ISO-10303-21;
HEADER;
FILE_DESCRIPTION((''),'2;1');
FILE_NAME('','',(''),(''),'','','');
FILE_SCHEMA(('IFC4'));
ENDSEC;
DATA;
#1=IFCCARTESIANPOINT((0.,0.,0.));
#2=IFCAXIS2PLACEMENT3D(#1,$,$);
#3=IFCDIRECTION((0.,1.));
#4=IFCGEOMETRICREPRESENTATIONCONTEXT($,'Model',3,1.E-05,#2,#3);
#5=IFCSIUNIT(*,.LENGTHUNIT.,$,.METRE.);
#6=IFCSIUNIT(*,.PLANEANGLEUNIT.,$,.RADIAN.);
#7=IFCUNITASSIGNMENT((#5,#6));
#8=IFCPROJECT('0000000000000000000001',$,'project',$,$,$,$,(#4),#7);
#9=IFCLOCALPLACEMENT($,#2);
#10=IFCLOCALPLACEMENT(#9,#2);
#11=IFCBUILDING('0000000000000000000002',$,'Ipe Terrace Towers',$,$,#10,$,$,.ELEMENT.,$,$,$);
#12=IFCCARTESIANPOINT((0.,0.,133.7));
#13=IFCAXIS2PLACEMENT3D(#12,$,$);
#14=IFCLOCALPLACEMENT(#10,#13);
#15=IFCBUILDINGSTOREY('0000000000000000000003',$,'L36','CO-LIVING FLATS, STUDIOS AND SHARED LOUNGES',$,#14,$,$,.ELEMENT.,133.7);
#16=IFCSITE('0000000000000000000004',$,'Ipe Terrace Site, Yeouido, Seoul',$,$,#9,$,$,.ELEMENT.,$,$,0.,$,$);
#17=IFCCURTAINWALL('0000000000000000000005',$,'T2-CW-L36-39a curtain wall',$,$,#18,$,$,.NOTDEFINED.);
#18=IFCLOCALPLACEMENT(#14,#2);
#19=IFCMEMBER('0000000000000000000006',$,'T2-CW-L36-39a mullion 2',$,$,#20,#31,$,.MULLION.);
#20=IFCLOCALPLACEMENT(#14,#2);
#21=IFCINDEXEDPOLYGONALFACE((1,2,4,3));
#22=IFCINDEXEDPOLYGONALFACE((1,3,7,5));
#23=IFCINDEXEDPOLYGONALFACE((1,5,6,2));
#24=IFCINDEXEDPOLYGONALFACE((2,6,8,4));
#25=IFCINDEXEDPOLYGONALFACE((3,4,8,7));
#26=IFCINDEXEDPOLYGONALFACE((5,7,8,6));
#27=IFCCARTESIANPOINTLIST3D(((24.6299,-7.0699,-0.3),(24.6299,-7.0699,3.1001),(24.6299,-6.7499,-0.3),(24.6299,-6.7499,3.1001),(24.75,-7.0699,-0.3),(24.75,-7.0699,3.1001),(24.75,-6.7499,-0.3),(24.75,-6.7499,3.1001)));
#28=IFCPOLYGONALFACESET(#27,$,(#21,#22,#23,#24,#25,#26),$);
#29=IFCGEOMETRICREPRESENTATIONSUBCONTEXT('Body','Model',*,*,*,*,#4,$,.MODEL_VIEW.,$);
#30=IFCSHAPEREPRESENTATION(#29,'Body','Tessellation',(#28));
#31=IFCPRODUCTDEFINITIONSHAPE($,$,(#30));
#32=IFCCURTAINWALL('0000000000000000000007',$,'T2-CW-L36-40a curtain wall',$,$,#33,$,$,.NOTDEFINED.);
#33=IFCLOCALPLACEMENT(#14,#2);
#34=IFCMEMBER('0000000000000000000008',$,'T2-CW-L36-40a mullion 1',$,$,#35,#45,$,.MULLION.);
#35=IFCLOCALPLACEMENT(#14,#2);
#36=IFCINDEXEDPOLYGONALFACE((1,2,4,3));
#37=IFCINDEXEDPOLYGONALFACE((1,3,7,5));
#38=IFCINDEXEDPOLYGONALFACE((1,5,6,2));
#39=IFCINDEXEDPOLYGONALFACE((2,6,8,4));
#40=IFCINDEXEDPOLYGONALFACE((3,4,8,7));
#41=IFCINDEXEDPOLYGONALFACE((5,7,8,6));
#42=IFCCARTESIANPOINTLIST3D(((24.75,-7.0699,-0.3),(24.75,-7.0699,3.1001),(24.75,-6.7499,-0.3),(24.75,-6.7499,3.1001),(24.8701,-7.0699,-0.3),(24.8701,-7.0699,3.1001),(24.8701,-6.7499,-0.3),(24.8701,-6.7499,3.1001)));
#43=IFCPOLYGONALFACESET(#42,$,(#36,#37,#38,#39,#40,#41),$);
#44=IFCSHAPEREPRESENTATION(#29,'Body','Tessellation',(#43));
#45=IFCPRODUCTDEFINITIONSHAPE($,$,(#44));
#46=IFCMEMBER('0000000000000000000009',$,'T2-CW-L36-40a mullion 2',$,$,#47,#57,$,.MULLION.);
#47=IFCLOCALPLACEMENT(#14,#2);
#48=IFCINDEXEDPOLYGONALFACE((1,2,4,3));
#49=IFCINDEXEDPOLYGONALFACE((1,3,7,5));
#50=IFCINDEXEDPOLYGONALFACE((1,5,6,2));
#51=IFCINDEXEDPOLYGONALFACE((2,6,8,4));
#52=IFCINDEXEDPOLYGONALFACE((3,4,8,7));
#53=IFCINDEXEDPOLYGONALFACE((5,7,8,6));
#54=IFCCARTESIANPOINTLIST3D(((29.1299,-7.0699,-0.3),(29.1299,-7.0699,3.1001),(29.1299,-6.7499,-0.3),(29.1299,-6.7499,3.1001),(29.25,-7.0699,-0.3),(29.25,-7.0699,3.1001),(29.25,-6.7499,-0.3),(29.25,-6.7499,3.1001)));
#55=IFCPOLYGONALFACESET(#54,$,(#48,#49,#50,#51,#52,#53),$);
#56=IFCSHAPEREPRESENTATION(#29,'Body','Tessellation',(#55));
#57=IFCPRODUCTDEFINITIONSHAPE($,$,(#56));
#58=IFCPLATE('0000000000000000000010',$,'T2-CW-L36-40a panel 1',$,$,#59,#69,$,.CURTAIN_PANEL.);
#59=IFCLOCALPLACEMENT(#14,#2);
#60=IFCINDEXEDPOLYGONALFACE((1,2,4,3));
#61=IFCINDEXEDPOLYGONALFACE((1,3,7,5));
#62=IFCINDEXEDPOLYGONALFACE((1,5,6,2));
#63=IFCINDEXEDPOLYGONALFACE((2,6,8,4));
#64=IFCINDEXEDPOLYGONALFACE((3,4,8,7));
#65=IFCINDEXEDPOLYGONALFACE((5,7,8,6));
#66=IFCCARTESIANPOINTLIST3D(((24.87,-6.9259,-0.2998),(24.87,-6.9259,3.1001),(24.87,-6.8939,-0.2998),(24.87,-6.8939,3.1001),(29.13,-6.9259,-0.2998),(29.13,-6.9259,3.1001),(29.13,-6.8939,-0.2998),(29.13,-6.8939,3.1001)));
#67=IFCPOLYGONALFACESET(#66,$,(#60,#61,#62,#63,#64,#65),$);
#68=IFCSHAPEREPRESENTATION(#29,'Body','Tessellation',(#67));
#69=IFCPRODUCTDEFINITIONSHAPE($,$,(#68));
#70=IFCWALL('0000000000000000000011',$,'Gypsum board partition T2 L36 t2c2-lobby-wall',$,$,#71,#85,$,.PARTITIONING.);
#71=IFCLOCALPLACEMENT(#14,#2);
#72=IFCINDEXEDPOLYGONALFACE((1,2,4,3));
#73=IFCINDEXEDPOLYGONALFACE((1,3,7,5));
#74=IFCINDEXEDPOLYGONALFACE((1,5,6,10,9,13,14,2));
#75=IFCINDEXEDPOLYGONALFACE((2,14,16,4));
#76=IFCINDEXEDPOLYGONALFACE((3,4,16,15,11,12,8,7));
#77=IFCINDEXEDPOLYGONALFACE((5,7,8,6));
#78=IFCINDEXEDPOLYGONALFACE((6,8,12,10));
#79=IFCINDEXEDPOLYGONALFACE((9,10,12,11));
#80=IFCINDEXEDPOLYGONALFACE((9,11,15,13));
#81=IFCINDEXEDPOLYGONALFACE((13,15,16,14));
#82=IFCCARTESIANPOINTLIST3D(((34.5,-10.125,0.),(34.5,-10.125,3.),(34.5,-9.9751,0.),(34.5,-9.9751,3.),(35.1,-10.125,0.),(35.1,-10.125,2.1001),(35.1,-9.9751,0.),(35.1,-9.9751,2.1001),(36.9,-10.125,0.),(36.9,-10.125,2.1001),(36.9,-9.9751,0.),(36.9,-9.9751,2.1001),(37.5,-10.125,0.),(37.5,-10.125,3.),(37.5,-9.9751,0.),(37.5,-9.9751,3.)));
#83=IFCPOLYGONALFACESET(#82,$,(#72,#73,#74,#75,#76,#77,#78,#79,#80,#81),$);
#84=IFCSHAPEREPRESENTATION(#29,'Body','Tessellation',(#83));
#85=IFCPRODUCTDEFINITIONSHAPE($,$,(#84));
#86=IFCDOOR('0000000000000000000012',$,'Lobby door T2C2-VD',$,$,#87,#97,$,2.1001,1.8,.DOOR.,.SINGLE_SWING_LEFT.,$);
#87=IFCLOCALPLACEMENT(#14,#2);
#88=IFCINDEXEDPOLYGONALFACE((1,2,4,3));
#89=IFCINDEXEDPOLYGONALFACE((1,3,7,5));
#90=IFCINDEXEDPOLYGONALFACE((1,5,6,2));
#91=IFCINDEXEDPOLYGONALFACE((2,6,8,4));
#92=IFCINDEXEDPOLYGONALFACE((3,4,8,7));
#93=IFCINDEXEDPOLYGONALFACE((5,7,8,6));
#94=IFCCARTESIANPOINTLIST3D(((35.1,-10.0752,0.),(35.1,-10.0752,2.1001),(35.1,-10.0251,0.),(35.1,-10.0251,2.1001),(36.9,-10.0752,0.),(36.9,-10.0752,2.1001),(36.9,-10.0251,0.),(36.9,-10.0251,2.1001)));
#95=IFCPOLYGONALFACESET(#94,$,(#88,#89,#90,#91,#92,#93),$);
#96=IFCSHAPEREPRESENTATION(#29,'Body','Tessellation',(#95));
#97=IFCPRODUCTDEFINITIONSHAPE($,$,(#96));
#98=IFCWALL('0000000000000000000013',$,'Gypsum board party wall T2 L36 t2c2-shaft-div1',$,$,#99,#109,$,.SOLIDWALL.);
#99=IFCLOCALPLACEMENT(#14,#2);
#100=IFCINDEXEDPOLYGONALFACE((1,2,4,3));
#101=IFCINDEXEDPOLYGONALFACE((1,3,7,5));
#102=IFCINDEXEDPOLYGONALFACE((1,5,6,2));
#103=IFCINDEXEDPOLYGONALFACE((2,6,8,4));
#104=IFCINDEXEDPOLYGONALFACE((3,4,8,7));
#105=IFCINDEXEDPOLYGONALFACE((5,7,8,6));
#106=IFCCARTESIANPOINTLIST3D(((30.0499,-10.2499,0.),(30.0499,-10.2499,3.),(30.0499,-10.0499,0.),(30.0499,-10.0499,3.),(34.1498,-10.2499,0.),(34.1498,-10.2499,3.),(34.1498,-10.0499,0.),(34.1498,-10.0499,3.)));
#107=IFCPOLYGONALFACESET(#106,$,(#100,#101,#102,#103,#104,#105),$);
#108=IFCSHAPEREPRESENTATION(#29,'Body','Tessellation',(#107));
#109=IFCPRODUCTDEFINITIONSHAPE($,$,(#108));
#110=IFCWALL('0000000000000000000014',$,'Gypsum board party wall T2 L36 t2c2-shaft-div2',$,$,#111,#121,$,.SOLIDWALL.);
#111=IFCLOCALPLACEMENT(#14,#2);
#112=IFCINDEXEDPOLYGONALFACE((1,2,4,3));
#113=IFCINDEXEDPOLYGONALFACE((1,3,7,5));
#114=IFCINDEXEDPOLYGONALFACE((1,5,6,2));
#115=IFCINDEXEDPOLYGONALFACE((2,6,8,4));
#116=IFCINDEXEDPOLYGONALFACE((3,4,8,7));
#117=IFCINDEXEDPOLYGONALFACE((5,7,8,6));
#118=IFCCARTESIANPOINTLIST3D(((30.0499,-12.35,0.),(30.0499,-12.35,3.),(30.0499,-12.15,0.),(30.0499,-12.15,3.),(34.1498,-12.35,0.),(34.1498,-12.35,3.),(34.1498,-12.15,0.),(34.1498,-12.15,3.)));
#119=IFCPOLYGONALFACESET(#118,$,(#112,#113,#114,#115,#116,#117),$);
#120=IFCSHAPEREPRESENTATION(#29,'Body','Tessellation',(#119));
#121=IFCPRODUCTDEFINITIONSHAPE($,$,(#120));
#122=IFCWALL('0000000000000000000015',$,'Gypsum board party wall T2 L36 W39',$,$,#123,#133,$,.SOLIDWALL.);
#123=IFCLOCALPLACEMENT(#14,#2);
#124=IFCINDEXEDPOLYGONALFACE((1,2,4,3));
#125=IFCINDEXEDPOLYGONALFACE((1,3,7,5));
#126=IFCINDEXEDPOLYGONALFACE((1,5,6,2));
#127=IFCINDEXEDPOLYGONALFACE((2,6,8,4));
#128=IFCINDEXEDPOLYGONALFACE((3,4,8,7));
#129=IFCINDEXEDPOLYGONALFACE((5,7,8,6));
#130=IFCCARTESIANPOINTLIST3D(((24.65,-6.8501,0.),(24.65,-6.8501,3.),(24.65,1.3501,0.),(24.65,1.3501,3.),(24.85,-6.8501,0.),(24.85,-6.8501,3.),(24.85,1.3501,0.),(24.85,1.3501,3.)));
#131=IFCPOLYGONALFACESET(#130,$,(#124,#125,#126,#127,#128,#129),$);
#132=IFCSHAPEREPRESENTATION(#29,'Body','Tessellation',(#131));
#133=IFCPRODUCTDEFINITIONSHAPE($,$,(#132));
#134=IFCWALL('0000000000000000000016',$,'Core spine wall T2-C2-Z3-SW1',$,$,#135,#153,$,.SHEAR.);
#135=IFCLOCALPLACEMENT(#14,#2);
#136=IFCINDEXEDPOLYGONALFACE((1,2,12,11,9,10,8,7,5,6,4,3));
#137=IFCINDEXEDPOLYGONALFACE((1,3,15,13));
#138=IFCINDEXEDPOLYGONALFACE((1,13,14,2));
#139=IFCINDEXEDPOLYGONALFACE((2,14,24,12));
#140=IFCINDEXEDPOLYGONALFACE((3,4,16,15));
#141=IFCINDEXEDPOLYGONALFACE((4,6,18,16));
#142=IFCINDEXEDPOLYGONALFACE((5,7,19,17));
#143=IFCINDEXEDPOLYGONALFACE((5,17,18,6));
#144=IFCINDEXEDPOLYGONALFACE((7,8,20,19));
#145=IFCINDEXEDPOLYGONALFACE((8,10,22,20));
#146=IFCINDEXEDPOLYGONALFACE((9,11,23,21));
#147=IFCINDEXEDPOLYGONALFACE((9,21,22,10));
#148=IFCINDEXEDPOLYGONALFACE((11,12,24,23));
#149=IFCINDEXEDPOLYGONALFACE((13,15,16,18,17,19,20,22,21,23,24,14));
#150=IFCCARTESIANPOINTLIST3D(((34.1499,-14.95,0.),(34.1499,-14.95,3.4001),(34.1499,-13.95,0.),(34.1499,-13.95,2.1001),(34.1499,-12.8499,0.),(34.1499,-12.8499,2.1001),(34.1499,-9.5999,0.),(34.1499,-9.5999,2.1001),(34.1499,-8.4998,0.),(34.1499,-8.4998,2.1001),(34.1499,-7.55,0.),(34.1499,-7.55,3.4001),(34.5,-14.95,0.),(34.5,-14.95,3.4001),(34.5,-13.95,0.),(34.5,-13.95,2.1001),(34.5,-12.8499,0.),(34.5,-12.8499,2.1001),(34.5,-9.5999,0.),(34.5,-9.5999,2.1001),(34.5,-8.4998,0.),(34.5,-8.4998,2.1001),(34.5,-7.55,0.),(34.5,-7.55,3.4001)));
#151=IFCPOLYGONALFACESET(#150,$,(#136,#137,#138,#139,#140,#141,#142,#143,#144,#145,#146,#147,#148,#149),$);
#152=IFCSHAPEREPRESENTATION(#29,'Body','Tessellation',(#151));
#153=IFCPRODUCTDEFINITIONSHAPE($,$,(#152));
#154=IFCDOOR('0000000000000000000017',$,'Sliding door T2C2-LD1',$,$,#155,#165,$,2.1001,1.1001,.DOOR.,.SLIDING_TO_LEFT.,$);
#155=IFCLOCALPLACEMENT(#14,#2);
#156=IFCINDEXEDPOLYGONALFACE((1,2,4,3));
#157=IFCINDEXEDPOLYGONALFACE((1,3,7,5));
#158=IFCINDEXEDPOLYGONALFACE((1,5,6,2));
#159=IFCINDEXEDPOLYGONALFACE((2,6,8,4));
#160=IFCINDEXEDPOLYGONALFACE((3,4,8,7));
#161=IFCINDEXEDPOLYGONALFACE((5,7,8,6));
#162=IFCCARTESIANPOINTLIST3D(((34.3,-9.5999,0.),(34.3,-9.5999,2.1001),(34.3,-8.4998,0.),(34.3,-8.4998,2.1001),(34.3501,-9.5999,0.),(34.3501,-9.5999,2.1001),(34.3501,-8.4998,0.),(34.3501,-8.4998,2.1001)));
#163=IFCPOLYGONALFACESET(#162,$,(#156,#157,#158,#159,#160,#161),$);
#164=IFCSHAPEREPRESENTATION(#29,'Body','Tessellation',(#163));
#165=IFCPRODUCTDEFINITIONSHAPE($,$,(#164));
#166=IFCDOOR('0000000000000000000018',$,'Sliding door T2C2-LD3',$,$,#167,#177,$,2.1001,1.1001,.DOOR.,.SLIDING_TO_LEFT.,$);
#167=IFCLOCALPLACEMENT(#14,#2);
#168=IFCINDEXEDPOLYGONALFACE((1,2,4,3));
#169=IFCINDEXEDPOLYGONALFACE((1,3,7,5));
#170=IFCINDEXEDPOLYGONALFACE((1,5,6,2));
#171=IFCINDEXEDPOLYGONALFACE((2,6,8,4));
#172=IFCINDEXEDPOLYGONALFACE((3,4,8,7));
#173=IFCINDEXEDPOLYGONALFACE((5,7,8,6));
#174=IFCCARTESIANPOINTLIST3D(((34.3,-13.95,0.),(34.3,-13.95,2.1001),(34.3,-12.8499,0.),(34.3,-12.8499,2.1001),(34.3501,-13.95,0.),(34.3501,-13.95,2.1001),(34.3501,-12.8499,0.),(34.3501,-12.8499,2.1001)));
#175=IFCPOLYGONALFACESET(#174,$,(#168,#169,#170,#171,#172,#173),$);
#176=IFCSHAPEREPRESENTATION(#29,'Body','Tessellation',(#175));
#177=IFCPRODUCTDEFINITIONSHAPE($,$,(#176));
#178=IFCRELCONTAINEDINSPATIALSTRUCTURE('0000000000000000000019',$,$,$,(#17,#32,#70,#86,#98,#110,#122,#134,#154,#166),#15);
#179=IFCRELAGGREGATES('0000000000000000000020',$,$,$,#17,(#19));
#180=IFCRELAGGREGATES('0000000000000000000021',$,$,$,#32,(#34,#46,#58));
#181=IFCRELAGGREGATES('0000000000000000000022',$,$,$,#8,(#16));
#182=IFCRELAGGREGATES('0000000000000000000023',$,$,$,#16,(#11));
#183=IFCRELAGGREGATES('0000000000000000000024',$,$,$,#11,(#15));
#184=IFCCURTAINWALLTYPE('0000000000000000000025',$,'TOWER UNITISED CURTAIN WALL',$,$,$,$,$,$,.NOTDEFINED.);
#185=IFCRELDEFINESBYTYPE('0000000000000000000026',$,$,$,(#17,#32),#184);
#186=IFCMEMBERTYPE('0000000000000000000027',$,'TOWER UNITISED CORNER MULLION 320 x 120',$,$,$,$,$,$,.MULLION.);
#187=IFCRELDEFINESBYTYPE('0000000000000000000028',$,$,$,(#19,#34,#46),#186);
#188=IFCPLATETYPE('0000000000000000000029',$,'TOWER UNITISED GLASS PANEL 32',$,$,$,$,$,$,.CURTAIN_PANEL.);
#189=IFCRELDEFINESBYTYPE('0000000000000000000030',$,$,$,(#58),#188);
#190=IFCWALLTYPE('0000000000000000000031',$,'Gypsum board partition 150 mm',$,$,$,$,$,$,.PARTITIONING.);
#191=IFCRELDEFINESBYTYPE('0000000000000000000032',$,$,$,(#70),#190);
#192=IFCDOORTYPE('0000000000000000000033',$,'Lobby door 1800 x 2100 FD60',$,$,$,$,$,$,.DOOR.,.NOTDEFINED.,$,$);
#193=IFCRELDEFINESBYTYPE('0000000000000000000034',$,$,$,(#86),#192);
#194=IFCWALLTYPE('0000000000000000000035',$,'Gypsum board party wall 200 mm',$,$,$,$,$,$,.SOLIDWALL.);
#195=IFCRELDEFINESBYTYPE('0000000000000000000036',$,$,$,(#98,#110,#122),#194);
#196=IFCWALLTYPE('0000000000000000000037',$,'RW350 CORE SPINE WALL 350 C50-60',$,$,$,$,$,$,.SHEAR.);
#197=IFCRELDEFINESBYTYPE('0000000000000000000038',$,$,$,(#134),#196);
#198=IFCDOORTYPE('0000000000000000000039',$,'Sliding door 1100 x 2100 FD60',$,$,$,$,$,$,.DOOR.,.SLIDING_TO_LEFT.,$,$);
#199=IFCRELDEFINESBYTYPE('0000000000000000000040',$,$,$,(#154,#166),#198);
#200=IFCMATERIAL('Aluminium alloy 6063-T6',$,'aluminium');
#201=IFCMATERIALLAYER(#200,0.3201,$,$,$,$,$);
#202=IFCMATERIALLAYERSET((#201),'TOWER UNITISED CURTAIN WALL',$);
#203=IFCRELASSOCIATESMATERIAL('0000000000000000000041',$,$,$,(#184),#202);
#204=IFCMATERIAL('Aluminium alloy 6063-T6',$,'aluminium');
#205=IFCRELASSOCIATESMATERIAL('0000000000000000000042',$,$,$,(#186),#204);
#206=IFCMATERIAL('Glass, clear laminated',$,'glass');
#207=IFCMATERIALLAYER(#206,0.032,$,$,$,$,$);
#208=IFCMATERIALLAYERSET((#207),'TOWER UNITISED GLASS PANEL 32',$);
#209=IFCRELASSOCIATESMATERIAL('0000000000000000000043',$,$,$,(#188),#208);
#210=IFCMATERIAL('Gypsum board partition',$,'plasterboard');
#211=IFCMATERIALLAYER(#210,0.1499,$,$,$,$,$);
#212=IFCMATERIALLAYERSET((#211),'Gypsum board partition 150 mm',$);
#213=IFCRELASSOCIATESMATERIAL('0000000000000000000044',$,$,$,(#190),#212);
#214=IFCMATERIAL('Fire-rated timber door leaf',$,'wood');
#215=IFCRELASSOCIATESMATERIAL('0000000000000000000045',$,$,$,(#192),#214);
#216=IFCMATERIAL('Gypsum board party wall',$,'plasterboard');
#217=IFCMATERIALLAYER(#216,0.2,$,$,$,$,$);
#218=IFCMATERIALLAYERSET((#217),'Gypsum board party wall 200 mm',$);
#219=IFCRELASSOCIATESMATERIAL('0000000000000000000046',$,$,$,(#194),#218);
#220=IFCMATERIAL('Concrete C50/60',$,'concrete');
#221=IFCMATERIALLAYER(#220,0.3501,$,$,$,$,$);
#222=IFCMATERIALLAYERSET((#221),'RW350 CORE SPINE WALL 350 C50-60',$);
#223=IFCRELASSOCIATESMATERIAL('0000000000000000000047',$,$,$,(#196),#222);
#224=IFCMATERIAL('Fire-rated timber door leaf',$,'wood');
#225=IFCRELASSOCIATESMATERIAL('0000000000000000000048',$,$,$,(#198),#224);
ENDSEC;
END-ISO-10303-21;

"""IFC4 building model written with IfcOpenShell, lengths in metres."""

from ifc_helpers import new_model, si_unit, direction, frame, frame_2d, origin, origin_2d, place, context, subcontext, project, spatial, rectangle, extrude, material, layer, layer_set, material_profile, profile_set, type_object, element, fill, aggregate, save


model = new_model("IFC4")

# Units and contexts
model_context = context("Model", 3, precision=1e-05, world=origin(), true_north=direction((0.0, 1.0)))
body_context = subcontext(model_context, "Body", "Model", "MODEL_VIEW")
ifc_project = project(units=[si_unit("LENGTHUNIT", "METRE"), si_unit("PLANEANGLEUNIT", "RADIAN")], contexts=[model_context])

# Site, building, storey
site_placement = place(None, origin())
site = spatial("IfcSite", under=ifc_project, at=site_placement, Name="Ipe Terrace Site, Yeouido, Seoul", CompositionType="ELEMENT", RefElevation=0.0)
building_placement = place(site_placement, origin())
building = spatial("IfcBuilding", under=site, at=building_placement, Name="Ipe Terrace Towers", CompositionType="ELEMENT")
storey_placement = place(building_placement, frame((0.0, 0.0, 133.7)))
storey = spatial("IfcBuildingStorey", under=building, at=storey_placement, Name="L36", Description="CO-LIVING FLATS, STUDIOS AND SHARED LOUNGES", CompositionType="ELEMENT", Elevation=133.7)

# Curtain wall, member
ifc_material_1 = material(Name="Aluminium alloy 6063-T6", Category="aluminium")
ifc_layer_1 = layer(ifc_material_1, 0.3201)
ifc_layer_set_1 = layer_set([ifc_layer_1], Name="TOWER UNITISED CURTAIN WALL")
curtain_wall_type = type_object("IfcCurtainWallType", Name="TOWER UNITISED CURTAIN WALL", PredefinedType="NOTDEFINED", material=ifc_layer_set_1)
curtain_wall_1_placement = place(storey_placement, origin())
curtain_wall_1 = element("IfcCurtainWall", 1, at=curtain_wall_1_placement, inside=storey, type_object=curtain_wall_type, Name="T2-CW-L36-39a curtain wall", PredefinedType="NOTDEFINED")
ifc_material_2 = material(Name="Aluminium alloy 6063-T6", Category="aluminium")
ifc_material_profile = material_profile(ifc_material_2, rectangle(XDim=0.3201, YDim=0.1201, at=origin_2d()), Name="TOWER UNITISED CORNER MULLION 320 x 120")
ifc_profile_set = profile_set([ifc_material_profile], Name="Aluminium alloy 6063-T6")
member_type = type_object("IfcMemberType", Name="TOWER UNITISED CORNER MULLION 320 x 120", PredefinedType="MULLION", material=ifc_profile_set)
member_1_placement = place(storey_placement, frame((24.6899, -6.9099, -0.3), z_axis=(0.0, 0.0, 1.0), x_axis=(0.0, -1.0, 0.0)))
member_1 = element("IfcMember", 2, at=member_1_placement, type_object=member_type, Name="T2-CW-L36-39a mullion 2", PredefinedType="MULLION", context=body_context, shape_type="SweptSolid", body=[
    extrude(rectangle(XDim=0.3201, YDim=0.1201, at=origin_2d()), origin(), (0.0, 0.0, 1.0), 3.4001),
])
aggregate(curtain_wall_1, [member_1])

# Curtain wall, members, plate
curtain_wall_2_placement = place(storey_placement, origin())
curtain_wall_2 = element("IfcCurtainWall", 3, at=curtain_wall_2_placement, inside=storey, type_object=curtain_wall_type, Name="T2-CW-L36-40a curtain wall", PredefinedType="NOTDEFINED")
member_2_placement = place(storey_placement, frame((24.8101, -6.9099, -0.3), z_axis=(0.0, 0.0, 1.0), x_axis=(0.0, -1.0, 0.0)))
member_2 = element("IfcMember", 4, at=member_2_placement, type_object=member_type, Name="T2-CW-L36-40a mullion 1", PredefinedType="MULLION", context=body_context, shape_type="SweptSolid", body=[
    extrude(rectangle(XDim=0.3201, YDim=0.1201, at=origin_2d()), origin(), (0.0, 0.0, 1.0), 3.4001),
])
member_3_placement = place(storey_placement, frame((29.1899, -6.9099, -0.3), z_axis=(0.0, 0.0, 1.0), x_axis=(0.0, -1.0, 0.0)))
member_3 = element("IfcMember", 5, at=member_3_placement, type_object=member_type, Name="T2-CW-L36-40a mullion 2", PredefinedType="MULLION", context=body_context, shape_type="SweptSolid", body=[
    extrude(rectangle(XDim=0.3201, YDim=0.1201, at=origin_2d()), origin(), (0.0, 0.0, 1.0), 3.4001),
])
ifc_material_3 = material(Name="Glass, clear laminated", Category="glass")
ifc_layer_2 = layer(ifc_material_3, 0.032)
ifc_layer_set_2 = layer_set([ifc_layer_2], Name="TOWER UNITISED GLASS PANEL 32")
plate_type = type_object("IfcPlateType", Name="TOWER UNITISED GLASS PANEL 32", PredefinedType="CURTAIN_PANEL", material=ifc_layer_set_2)
plate_placement = place(storey_placement, frame((27.0, -6.9099, -0.2998), z_axis=(0.0, 0.0, 1.0), x_axis=(1.0, 0.0, 0.0)))
plate = element("IfcPlate", 6, at=plate_placement, type_object=plate_type, Name="T2-CW-L36-40a panel 1", PredefinedType="CURTAIN_PANEL", context=body_context, shape_type="SweptSolid", body=[
    extrude(rectangle(XDim=4.26, YDim=0.032, at=origin_2d()), origin(), (0.0, 0.0, 1.0), 3.3999),
])
aggregate(curtain_wall_2, [member_2, member_3, plate])

# Wall, opening, door
ifc_material_4 = material(Name="Gypsum board partition", Category="plasterboard")
ifc_layer_3 = layer(ifc_material_4, 0.1499)
ifc_layer_set_3 = layer_set([ifc_layer_3], Name="Gypsum board partition 150 mm")
wall_type_1 = type_object("IfcWallType", Name="Gypsum board partition 150 mm", PredefinedType="PARTITIONING", material=ifc_layer_set_3)
wall_1_placement = place(storey_placement, frame((34.5, -10.05, 0.0), z_axis=(0.0, 0.0, 1.0), x_axis=(1.0, 0.0, 0.0)))
wall_1 = element("IfcWall", 7, at=wall_1_placement, inside=storey, type_object=wall_type_1, Name="Gypsum board partition T2 L36 t2c2-lobby-wall", PredefinedType="PARTITIONING", context=body_context, shape_type="SweptSolid", body=[
    extrude(rectangle(XDim=3.0, YDim=0.1499, at=frame_2d((1.5, 0.0))), origin(), (0.0, 0.0, 1.0), 3.0),
])
opening_1_placement = place(wall_1_placement, frame((0.6001, 0.0, 0.0)))
opening_1 = element("IfcOpeningElement", 8, at=opening_1_placement, cuts=wall_1, PredefinedType="OPENING", context=body_context, shape_type="SweptSolid", body=[
    extrude(rectangle(XDim=1.8, YDim=2.1001, at=frame_2d((0.8999, 1.05))), frame((0.0, 0.085, 0.0), z_axis=(0.0, -1.0, 0.0), x_axis=(1.0, 0.0, 0.0)), (0.0, 0.0, 1.0), 0.1699),
])
ifc_material_5 = material(Name="Fire-rated timber door leaf", Category="wood")
door_type_1 = type_object("IfcDoorType", Name="Lobby door 1800 x 2100 FD60", OperationType="NOTDEFINED", PredefinedType="DOOR", material=ifc_material_5)
door_1_placement = place(opening_1_placement, origin())
door_1 = element("IfcDoor", 9, at=door_1_placement, inside=storey, type_object=door_type_1, Name="Lobby door T2C2-VD", OperationType="SINGLE_SWING_LEFT", OverallHeight=2.1001, OverallWidth=1.8, PredefinedType="DOOR", context=body_context, shape_type="SweptSolid", body=[
    extrude(rectangle(XDim=1.8, YDim=2.1001, at=frame_2d((0.8999, 1.05))), frame((0.0, 0.0249, 0.0), z_axis=(0.0, -1.0, 0.0), x_axis=(1.0, 0.0, 0.0)), (0.0, 0.0, 1.0), 0.05),
])
fill(opening_1, door_1)

# Walls
ifc_material_6 = material(Name="Gypsum board party wall", Category="plasterboard")
ifc_layer_4 = layer(ifc_material_6, 0.2)
ifc_layer_set_4 = layer_set([ifc_layer_4], Name="Gypsum board party wall 200 mm")
wall_type_2 = type_object("IfcWallType", Name="Gypsum board party wall 200 mm", PredefinedType="SOLIDWALL", material=ifc_layer_set_4)
for number, where, z_axis, x_axis, name in (
    (10, (30.05, -10.1499, 0.0), (0.0, 0.0, 1.0), (1.0, 0.0, 0.0), "Gypsum board party wall T2 L36 t2c2-shaft-div1"),
    (11, (30.05, -12.25, 0.0), (0.0, 0.0, 1.0), (1.0, 0.0, 0.0), "Gypsum board party wall T2 L36 t2c2-shaft-div2"),
):
    element("IfcWall", number, at=place(storey_placement, frame(where, z_axis=z_axis, x_axis=x_axis)), inside=storey, type_object=wall_type_2, Name=name, PredefinedType="SOLIDWALL", context=body_context, shape_type="SweptSolid", body=[
        extrude(rectangle(XDim=4.0999, YDim=0.2, at=frame_2d((2.0498, 0.0))), origin(), (0.0, 0.0, 1.0), 3.0),
    ])
wall_2_placement = place(storey_placement, frame((24.75, -6.8501, 0.0), z_axis=(0.0, 0.0, 1.0), x_axis=(0.0, 1.0, 0.0)))
element("IfcWall", 12, at=wall_2_placement, inside=storey, type_object=wall_type_2, Name="Gypsum board party wall T2 L36 W39", PredefinedType="SOLIDWALL", context=body_context, shape_type="SweptSolid", body=[
    extrude(rectangle(XDim=8.2002, YDim=0.2, at=frame_2d((4.1001, 0.0))), origin(), (0.0, 0.0, 1.0), 3.0),
])

# Wall, openings, doors
ifc_material_7 = material(Name="Concrete C50/60", Category="concrete")
ifc_layer_5 = layer(ifc_material_7, 0.3501)
ifc_layer_set_5 = layer_set([ifc_layer_5], Name="RW350 CORE SPINE WALL 350 C50-60")
wall_type_3 = type_object("IfcWallType", Name="RW350 CORE SPINE WALL 350 C50-60", PredefinedType="SHEAR", material=ifc_layer_set_5)
wall_3_placement = place(storey_placement, frame((34.325, -14.95, 0.0), z_axis=(0.0, 0.0, 1.0), x_axis=(0.0, 1.0, 0.0)))
wall_3 = element("IfcWall", 13, at=wall_3_placement, inside=storey, type_object=wall_type_3, Name="Core spine wall T2-C2-Z3-SW1", PredefinedType="SHEAR", context=body_context, shape_type="SweptSolid", body=[
    extrude(rectangle(XDim=7.3999, YDim=0.3501, at=frame_2d((3.7, 0.0))), origin(), (0.0, 0.0, 1.0), 3.4001),
])
opening_2_placement = place(wall_3_placement, frame((5.3501, 0.0, 0.0)))
opening_2 = element("IfcOpeningElement", 14, at=opening_2_placement, cuts=wall_3, PredefinedType="OPENING", context=body_context, shape_type="SweptSolid", body=[
    extrude(rectangle(XDim=1.1001, YDim=2.1001, at=frame_2d((0.55, 1.05))), frame((0.0, 0.1851, 0.0), z_axis=(0.0, -1.0, 0.0), x_axis=(1.0, 0.0, 0.0)), (0.0, 0.0, 1.0), 0.3701),
])
opening_3_placement = place(wall_3_placement, frame((1.0, 0.0, 0.0)))
opening_3 = element("IfcOpeningElement", 15, at=opening_3_placement, cuts=wall_3, PredefinedType="OPENING", context=body_context, shape_type="SweptSolid", body=[
    extrude(rectangle(XDim=1.1001, YDim=2.1001, at=frame_2d((0.55, 1.05))), frame((0.0, 0.1851, 0.0), z_axis=(0.0, -1.0, 0.0), x_axis=(1.0, 0.0, 0.0)), (0.0, 0.0, 1.0), 0.3701),
])
ifc_material_8 = material(Name="Fire-rated timber door leaf", Category="wood")
door_type_2 = type_object("IfcDoorType", Name="Sliding door 1100 x 2100 FD60", OperationType="SLIDING_TO_LEFT", PredefinedType="DOOR", material=ifc_material_8)
door_2_placement = place(opening_2_placement, origin())
door_2 = element("IfcDoor", 16, at=door_2_placement, inside=storey, type_object=door_type_2, Name="Sliding door T2C2-LD1", OperationType="SLIDING_TO_LEFT", OverallHeight=2.1001, OverallWidth=1.1001, PredefinedType="DOOR", context=body_context, shape_type="SweptSolid", body=[
    extrude(rectangle(XDim=1.1001, YDim=2.1001, at=frame_2d((0.55, 1.05))), frame((0.0, 0.0249, 0.0), z_axis=(0.0, -1.0, 0.0), x_axis=(1.0, 0.0, 0.0)), (0.0, 0.0, 1.0), 0.05),
])
fill(opening_2, door_2)
door_3_placement = place(opening_3_placement, origin())
door_3 = element("IfcDoor", 17, at=door_3_placement, inside=storey, type_object=door_type_2, Name="Sliding door T2C2-LD3", OperationType="SLIDING_TO_LEFT", OverallHeight=2.1001, OverallWidth=1.1001, PredefinedType="DOOR", context=body_context, shape_type="SweptSolid", body=[
    extrude(rectangle(XDim=1.1001, YDim=2.1001, at=frame_2d((0.55, 1.05))), frame((0.0, 0.0249, 0.0), z_axis=(0.0, -1.0, 0.0), x_axis=(1.0, 0.0, 0.0)), (0.0, 0.0, 1.0), 0.05),
])
fill(opening_3, door_3)

save(model, "model.ifc")
